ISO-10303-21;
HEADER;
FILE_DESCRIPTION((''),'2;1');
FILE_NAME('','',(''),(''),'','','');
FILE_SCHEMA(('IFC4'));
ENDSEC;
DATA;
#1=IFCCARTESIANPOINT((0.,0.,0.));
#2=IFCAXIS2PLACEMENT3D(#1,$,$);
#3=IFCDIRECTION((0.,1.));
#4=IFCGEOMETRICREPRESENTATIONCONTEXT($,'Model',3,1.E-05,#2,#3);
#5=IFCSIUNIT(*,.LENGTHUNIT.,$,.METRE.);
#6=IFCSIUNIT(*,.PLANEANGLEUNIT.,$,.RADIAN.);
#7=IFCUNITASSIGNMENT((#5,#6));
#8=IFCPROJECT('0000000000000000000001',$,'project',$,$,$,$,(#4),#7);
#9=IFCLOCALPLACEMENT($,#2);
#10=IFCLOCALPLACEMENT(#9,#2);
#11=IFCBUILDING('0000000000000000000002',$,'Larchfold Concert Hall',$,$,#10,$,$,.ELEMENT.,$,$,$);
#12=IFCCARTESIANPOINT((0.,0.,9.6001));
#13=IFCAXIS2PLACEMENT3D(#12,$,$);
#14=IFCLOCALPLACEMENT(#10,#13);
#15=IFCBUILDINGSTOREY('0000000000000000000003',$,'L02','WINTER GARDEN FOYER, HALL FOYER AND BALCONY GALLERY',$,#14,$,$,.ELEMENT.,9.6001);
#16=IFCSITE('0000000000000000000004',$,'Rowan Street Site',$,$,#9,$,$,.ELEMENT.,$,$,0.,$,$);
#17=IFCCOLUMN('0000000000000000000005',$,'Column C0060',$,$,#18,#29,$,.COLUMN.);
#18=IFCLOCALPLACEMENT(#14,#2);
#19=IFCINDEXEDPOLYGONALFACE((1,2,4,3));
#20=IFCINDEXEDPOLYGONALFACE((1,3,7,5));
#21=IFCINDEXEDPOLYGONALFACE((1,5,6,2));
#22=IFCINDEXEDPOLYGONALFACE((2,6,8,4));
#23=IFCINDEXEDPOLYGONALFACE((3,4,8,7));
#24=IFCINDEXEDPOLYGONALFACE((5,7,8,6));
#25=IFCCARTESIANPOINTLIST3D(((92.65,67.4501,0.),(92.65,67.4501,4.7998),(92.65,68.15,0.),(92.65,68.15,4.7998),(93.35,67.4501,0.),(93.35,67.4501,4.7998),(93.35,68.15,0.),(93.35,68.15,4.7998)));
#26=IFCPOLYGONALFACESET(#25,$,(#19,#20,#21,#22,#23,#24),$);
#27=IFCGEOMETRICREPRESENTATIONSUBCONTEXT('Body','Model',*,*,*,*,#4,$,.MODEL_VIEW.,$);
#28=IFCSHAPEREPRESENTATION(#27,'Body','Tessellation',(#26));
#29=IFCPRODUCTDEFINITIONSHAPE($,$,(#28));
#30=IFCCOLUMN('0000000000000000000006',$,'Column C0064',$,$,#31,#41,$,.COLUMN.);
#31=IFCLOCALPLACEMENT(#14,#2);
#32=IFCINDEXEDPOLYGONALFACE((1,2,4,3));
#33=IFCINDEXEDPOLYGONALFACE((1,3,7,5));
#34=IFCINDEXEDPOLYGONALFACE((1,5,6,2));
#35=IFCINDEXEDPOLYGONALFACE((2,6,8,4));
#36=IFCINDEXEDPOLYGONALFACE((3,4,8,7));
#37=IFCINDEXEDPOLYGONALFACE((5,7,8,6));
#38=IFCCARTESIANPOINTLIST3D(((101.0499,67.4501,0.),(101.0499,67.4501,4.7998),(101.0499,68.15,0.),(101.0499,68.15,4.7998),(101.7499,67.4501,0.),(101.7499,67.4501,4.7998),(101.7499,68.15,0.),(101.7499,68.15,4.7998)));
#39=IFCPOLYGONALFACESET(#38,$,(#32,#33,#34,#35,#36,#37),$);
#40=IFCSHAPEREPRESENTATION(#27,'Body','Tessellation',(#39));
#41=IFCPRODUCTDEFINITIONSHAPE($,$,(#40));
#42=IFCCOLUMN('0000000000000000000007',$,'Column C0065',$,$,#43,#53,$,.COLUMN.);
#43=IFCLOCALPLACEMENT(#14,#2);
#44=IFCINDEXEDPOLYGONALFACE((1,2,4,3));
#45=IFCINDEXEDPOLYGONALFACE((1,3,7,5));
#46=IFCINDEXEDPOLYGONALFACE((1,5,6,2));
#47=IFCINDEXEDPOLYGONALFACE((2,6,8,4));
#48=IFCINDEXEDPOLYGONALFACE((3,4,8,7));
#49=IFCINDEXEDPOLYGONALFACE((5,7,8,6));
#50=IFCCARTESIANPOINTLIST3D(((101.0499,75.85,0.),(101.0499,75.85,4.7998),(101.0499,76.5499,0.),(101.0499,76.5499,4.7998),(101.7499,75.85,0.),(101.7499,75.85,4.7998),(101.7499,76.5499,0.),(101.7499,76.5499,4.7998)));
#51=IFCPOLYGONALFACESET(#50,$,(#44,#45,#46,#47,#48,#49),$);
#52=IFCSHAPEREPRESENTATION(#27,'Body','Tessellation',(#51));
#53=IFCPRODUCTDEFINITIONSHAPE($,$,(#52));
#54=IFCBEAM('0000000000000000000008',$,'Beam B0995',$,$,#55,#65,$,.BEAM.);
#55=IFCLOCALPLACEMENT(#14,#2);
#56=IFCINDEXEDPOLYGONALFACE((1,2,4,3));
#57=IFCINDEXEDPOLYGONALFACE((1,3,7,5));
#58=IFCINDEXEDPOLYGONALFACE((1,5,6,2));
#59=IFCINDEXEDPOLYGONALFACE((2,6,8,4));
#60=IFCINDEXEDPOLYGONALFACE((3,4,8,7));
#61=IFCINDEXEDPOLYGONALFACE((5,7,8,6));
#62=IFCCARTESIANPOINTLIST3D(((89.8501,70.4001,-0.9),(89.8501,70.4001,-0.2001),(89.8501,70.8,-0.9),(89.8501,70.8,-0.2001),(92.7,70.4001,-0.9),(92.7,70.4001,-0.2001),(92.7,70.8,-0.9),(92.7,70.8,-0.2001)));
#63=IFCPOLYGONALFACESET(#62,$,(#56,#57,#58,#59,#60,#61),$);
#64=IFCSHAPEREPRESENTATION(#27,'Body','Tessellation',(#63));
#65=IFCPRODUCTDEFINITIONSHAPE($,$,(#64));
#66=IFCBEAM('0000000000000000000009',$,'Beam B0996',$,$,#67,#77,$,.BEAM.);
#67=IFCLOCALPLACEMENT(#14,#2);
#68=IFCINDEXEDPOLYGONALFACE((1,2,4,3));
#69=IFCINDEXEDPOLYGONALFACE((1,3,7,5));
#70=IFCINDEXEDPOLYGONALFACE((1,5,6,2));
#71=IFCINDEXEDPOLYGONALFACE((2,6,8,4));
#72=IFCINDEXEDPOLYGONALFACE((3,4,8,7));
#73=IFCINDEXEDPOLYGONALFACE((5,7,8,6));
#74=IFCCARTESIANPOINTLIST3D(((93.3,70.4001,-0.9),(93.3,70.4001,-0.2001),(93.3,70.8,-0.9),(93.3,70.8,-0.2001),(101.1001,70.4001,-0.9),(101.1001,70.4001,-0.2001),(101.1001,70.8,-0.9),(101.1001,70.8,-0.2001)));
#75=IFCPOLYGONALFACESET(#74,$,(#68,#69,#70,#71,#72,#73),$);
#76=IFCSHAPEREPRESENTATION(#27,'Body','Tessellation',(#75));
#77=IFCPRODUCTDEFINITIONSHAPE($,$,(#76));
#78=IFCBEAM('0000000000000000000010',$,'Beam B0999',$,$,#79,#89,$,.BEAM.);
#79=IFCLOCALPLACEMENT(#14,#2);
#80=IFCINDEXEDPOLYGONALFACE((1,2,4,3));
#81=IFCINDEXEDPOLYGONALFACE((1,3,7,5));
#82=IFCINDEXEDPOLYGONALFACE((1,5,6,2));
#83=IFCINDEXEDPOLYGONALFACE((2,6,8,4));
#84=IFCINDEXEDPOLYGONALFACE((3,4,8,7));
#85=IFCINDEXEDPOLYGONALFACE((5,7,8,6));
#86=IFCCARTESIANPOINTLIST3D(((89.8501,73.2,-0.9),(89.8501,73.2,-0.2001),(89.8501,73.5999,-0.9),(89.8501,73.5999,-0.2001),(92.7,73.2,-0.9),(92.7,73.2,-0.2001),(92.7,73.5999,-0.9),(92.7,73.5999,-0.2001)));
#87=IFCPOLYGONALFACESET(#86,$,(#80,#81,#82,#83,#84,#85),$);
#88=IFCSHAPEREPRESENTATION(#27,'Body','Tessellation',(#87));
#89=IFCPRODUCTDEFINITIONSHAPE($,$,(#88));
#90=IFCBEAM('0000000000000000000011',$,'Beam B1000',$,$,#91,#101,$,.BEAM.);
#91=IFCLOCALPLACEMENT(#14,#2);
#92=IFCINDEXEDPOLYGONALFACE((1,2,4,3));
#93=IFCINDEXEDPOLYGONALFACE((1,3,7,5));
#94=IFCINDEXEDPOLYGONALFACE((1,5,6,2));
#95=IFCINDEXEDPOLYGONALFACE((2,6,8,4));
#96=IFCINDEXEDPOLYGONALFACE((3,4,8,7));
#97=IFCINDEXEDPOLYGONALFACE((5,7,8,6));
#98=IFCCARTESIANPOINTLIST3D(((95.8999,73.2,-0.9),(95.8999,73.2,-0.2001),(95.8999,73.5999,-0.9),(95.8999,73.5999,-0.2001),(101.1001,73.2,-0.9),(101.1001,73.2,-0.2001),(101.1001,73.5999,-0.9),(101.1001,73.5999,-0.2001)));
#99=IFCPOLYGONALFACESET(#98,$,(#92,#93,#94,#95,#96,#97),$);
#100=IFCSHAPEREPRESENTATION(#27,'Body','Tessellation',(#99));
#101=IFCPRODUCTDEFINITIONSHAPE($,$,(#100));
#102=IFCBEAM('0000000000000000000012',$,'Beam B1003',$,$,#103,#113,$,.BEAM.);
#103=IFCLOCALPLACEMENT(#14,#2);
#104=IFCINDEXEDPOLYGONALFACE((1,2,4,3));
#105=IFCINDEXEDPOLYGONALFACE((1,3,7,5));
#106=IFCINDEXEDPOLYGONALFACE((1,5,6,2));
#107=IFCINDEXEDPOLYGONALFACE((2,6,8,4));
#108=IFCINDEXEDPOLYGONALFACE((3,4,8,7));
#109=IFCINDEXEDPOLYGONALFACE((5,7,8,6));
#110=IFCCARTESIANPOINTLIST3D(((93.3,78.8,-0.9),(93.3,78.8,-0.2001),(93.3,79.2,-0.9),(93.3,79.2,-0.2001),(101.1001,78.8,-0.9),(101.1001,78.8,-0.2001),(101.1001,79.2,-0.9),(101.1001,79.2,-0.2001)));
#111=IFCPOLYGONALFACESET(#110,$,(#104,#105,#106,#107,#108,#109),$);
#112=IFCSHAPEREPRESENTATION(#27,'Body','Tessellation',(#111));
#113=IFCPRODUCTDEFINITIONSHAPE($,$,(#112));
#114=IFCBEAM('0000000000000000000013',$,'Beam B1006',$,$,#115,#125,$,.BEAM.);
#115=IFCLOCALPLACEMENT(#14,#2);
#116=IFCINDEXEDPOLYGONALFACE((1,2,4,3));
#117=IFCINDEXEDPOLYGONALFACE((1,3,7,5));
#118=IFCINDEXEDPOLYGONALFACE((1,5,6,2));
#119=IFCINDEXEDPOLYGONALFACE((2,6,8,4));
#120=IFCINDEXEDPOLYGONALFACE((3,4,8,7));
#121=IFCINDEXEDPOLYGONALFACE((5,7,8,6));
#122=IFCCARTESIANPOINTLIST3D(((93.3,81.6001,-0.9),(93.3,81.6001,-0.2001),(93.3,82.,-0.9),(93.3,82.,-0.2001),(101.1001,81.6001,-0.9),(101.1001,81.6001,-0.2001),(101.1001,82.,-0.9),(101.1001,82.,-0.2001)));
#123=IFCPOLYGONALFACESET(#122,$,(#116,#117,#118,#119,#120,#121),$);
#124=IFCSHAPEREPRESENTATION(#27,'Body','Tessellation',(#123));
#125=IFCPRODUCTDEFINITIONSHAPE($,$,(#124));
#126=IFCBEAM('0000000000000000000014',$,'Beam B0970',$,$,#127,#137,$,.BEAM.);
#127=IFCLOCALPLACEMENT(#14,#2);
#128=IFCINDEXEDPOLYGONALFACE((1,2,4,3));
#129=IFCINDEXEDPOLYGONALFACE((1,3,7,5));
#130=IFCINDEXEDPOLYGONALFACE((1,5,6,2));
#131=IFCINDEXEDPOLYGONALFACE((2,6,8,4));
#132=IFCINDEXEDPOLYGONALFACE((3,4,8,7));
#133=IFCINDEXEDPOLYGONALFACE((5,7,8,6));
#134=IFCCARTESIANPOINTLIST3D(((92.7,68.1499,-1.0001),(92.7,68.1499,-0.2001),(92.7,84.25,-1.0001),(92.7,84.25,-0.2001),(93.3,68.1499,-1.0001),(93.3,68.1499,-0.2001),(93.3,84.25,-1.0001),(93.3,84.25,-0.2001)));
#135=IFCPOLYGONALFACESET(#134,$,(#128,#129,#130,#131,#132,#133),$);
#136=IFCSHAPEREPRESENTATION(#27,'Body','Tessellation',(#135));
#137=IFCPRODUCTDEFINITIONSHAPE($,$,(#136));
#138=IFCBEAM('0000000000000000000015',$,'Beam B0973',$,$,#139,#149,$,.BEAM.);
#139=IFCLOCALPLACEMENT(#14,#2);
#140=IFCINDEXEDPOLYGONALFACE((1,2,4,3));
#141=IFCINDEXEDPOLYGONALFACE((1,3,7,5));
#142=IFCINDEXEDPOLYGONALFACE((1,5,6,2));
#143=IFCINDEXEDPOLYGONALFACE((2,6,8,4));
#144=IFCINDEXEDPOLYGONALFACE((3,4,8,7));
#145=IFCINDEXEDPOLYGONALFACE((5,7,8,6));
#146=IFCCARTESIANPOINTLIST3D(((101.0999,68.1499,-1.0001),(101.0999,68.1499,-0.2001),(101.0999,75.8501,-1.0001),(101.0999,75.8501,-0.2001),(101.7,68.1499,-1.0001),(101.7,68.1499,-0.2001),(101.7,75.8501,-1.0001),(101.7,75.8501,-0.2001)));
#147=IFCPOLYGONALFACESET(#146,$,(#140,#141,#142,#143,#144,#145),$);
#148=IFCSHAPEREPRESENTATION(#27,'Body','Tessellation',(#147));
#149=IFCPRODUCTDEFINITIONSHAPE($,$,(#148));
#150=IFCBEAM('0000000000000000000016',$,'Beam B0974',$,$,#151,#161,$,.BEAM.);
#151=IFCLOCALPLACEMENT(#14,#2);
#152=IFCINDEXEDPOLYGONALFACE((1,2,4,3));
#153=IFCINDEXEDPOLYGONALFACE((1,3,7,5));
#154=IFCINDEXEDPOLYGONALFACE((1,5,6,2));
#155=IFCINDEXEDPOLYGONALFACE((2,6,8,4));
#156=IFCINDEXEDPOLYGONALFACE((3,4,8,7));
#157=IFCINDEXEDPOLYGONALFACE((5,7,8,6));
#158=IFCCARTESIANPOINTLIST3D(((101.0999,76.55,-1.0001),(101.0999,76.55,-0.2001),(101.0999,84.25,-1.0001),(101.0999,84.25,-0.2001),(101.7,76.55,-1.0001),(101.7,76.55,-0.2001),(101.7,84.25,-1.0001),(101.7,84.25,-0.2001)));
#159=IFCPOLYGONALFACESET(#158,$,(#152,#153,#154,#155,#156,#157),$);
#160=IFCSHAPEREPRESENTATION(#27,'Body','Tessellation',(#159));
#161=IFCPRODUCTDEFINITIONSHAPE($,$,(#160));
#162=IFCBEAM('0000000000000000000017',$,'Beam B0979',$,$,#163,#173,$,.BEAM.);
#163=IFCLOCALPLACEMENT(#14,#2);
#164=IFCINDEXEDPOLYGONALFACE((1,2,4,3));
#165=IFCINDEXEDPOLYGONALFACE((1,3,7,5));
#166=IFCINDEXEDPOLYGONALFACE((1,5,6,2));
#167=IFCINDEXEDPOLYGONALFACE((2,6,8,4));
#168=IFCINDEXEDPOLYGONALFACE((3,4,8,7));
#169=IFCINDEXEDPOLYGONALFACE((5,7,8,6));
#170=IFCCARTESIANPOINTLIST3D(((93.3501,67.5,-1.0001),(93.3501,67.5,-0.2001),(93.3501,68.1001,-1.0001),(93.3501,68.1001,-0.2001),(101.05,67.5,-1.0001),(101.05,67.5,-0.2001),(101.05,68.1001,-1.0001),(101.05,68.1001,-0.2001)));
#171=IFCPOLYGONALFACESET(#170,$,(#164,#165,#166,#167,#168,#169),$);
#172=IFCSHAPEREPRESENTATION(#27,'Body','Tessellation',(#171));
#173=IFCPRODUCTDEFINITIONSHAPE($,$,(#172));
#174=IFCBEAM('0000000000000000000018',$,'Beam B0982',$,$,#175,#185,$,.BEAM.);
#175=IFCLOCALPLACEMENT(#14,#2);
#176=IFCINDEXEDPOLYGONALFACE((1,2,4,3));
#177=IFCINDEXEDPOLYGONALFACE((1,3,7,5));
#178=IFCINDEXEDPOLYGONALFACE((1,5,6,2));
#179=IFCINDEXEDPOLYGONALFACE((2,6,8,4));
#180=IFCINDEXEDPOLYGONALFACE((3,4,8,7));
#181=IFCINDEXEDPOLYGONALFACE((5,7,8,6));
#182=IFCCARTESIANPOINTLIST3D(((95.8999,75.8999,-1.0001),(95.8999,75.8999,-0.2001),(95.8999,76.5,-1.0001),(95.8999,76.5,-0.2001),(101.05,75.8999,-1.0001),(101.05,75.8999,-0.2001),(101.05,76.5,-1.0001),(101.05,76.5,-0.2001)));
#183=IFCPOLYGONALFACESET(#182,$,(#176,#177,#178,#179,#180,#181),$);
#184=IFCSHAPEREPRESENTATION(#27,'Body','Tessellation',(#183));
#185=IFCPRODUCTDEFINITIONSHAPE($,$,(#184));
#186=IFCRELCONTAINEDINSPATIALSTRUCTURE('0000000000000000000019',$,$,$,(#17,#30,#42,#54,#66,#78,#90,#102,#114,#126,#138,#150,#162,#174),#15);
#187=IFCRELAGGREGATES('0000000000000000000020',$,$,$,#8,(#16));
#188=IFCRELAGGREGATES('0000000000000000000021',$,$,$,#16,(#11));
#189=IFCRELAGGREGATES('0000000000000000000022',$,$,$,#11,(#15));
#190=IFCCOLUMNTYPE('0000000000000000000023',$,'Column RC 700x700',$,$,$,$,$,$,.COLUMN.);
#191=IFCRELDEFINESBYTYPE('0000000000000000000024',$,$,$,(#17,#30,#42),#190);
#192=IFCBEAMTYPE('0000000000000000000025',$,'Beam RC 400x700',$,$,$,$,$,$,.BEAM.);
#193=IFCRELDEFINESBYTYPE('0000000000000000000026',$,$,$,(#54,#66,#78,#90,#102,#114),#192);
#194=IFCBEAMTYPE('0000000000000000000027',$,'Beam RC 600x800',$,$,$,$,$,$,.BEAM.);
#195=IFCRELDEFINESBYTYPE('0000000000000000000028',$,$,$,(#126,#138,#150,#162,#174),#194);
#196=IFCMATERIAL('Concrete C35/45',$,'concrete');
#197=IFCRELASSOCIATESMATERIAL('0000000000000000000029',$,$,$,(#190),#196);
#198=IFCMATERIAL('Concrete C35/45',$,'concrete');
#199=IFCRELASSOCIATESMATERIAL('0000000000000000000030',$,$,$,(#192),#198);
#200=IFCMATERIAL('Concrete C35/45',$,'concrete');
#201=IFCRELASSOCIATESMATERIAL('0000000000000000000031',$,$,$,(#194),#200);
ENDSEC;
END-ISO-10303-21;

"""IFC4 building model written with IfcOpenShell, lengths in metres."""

from ifc_helpers import new_model, si_unit, direction, frame, origin, origin_2d, place, context, subcontext, project, spatial, rectangle, extrude, material, material_profile, profile_set, type_object, element, save


model = new_model("IFC4")

# Units and contexts
model_context = context("Model", 3, precision=1e-05, world=origin(), true_north=direction((0.0, 1.0)))
body_context = subcontext(model_context, "Body", "Model", "MODEL_VIEW")
ifc_project = project(units=[si_unit("LENGTHUNIT", "METRE"), si_unit("PLANEANGLEUNIT", "RADIAN")], contexts=[model_context])

# Site, building, storey
site_placement = place(None, origin())
site = spatial("IfcSite", under=ifc_project, at=site_placement, Name="Rowan Street Site", CompositionType="ELEMENT", RefElevation=0.0)
building_placement = place(site_placement, origin())
building = spatial("IfcBuilding", under=site, at=building_placement, Name="Larchfold Concert Hall", CompositionType="ELEMENT")
storey_placement = place(building_placement, frame((0.0, 0.0, 9.6001)))
storey = spatial("IfcBuildingStorey", under=building, at=storey_placement, Name="L02", Description="WINTER GARDEN FOYER, HALL FOYER AND BALCONY GALLERY", CompositionType="ELEMENT", Elevation=9.6001)

# Columns
ifc_material_1 = material(Name="Concrete C35/45", Category="concrete")
ifc_material_profile_1 = material_profile(ifc_material_1, rectangle(XDim=0.7, YDim=0.7, at=origin_2d()))
ifc_profile_set_1 = profile_set([ifc_material_profile_1], Name="Concrete C35/45")
column_type = type_object("IfcColumnType", Name="Column RC 700x700", PredefinedType="COLUMN", material=ifc_profile_set_1)
for number, where, z_axis, x_axis, name in (
    (1, (93.0, 67.8, 0.0), (0.0, 0.0, 1.0), (1.0, 0.0, 0.0), "Column C0060"),
    (2, (101.3999, 67.8, 0.0), (0.0, 0.0, 1.0), (1.0, 0.0, 0.0), "Column C0064"),
    (3, (101.3999, 76.2, 0.0), (0.0, 0.0, 1.0), (1.0, 0.0, 0.0), "Column C0065"),
):
    element("IfcColumn", number, at=place(storey_placement, frame(where, z_axis=z_axis, x_axis=x_axis)), inside=storey, type_object=column_type, Name=name, PredefinedType="COLUMN", context=body_context, shape_type="SweptSolid", body=[
        extrude(rectangle(XDim=0.7, YDim=0.7, at=origin_2d()), origin(), (0.0, 0.0, 1.0), 4.7998),
    ])

# Beams
ifc_material_2 = material(Name="Concrete C35/45", Category="concrete")
ifc_material_profile_2 = material_profile(ifc_material_2, rectangle(XDim=0.3999, YDim=0.7, at=origin_2d()))
ifc_profile_set_2 = profile_set([ifc_material_profile_2], Name="Concrete C35/45")
beam_type_1 = type_object("IfcBeamType", Name="Beam RC 400x700", PredefinedType="BEAM", material=ifc_profile_set_2)
beam_1_placement = place(storey_placement, frame((89.8501, 70.6001, -0.55), z_axis=(1.0, 0.0, 0.0), x_axis=(0.0, 1.0, 0.0)))
element("IfcBeam", 4, at=beam_1_placement, inside=storey, type_object=beam_type_1, Name="Beam B0995", PredefinedType="BEAM", context=body_context, shape_type="SweptSolid", body=[
    extrude(rectangle(XDim=0.3999, YDim=0.7, at=origin_2d()), origin(), (0.0, 0.0, 1.0), 2.8499),
])
beam_2_placement = place(storey_placement, frame((93.3, 70.6001, -0.55), z_axis=(1.0, 0.0, 0.0), x_axis=(0.0, 1.0, 0.0)))
element("IfcBeam", 5, at=beam_2_placement, inside=storey, type_object=beam_type_1, Name="Beam B0996", PredefinedType="BEAM", context=body_context, shape_type="SweptSolid", body=[
    extrude(rectangle(XDim=0.3999, YDim=0.7, at=origin_2d()), origin(), (0.0, 0.0, 1.0), 7.8),
])
beam_3_placement = place(storey_placement, frame((89.8501, 73.3999, -0.55), z_axis=(1.0, 0.0, 0.0), x_axis=(0.0, 1.0, 0.0)))
element("IfcBeam", 6, at=beam_3_placement, inside=storey, type_object=beam_type_1, Name="Beam B0999", PredefinedType="BEAM", context=body_context, shape_type="SweptSolid", body=[
    extrude(rectangle(XDim=0.3999, YDim=0.7, at=origin_2d()), origin(), (0.0, 0.0, 1.0), 2.8499),
])
beam_4_placement = place(storey_placement, frame((95.8999, 73.3999, -0.55), z_axis=(1.0, 0.0, 0.0), x_axis=(0.0, 1.0, 0.0)))
element("IfcBeam", 7, at=beam_4_placement, inside=storey, type_object=beam_type_1, Name="Beam B1000", PredefinedType="BEAM", context=body_context, shape_type="SweptSolid", body=[
    extrude(rectangle(XDim=0.3999, YDim=0.7, at=origin_2d()), origin(), (0.0, 0.0, 1.0), 5.2002),
])
for number, where, z_axis, x_axis, name in (
    (8, (93.3, 79.0, -0.55), (1.0, 0.0, 0.0), (0.0, 1.0, 0.0), "Beam B1003"),
    (9, (93.3, 81.8, -0.55), (1.0, 0.0, 0.0), (0.0, 1.0, 0.0), "Beam B1006"),
):
    element("IfcBeam", number, at=place(storey_placement, frame(where, z_axis=z_axis, x_axis=x_axis)), inside=storey, type_object=beam_type_1, Name=name, PredefinedType="BEAM", context=body_context, shape_type="SweptSolid", body=[
        extrude(rectangle(XDim=0.3999, YDim=0.7, at=origin_2d()), origin(), (0.0, 0.0, 1.0), 7.8),
    ])
ifc_material_3 = material(Name="Concrete C35/45", Category="concrete")
ifc_material_profile_3 = material_profile(ifc_material_3, rectangle(XDim=0.6001, YDim=0.8, at=origin_2d()))
ifc_profile_set_3 = profile_set([ifc_material_profile_3], Name="Concrete C35/45")
beam_type_2 = type_object("IfcBeamType", Name="Beam RC 600x800", PredefinedType="BEAM", material=ifc_profile_set_3)
beam_5_placement = place(storey_placement, frame((93.0, 68.1499, -0.6001), z_axis=(0.0, 1.0, 0.0), x_axis=(-1.0, 0.0, 0.0)))
element("IfcBeam", 10, at=beam_5_placement, inside=storey, type_object=beam_type_2, Name="Beam B0970", PredefinedType="BEAM", context=body_context, shape_type="SweptSolid", body=[
    extrude(rectangle(XDim=0.6001, YDim=0.8, at=origin_2d()), origin(), (0.0, 0.0, 1.0), 16.1001),
])
beam_6_placement = place(storey_placement, frame((101.3999, 68.1499, -0.6001), z_axis=(0.0, 1.0, 0.0), x_axis=(-1.0, 0.0, 0.0)))
element("IfcBeam", 11, at=beam_6_placement, inside=storey, type_object=beam_type_2, Name="Beam B0973", PredefinedType="BEAM", context=body_context, shape_type="SweptSolid", body=[
    extrude(rectangle(XDim=0.6001, YDim=0.8, at=origin_2d()), origin(), (0.0, 0.0, 1.0), 7.7002),
])
for number, where, z_axis, x_axis, name in (
    (12, (101.3999, 76.55, -0.6001), (0.0, 1.0, 0.0), (-1.0, 0.0, 0.0), "Beam B0974"),
    (13, (93.3501, 67.8, -0.6001), (1.0, 0.0, 0.0), (0.0, 1.0, 0.0), "Beam B0979"),
):
    element("IfcBeam", number, at=place(storey_placement, frame(where, z_axis=z_axis, x_axis=x_axis)), inside=storey, type_object=beam_type_2, Name=name, PredefinedType="BEAM", context=body_context, shape_type="SweptSolid", body=[
        extrude(rectangle(XDim=0.6001, YDim=0.8, at=origin_2d()), origin(), (0.0, 0.0, 1.0), 7.7),
    ])
beam_7_placement = place(storey_placement, frame((95.8999, 76.2, -0.6001), z_axis=(1.0, 0.0, 0.0), x_axis=(0.0, 1.0, 0.0)))
element("IfcBeam", 14, at=beam_7_placement, inside=storey, type_object=beam_type_2, Name="Beam B0982", PredefinedType="BEAM", context=body_context, shape_type="SweptSolid", body=[
    extrude(rectangle(XDim=0.6001, YDim=0.8, at=origin_2d()), origin(), (0.0, 0.0, 1.0), 5.1501),
])

save(model, "model.ifc")
